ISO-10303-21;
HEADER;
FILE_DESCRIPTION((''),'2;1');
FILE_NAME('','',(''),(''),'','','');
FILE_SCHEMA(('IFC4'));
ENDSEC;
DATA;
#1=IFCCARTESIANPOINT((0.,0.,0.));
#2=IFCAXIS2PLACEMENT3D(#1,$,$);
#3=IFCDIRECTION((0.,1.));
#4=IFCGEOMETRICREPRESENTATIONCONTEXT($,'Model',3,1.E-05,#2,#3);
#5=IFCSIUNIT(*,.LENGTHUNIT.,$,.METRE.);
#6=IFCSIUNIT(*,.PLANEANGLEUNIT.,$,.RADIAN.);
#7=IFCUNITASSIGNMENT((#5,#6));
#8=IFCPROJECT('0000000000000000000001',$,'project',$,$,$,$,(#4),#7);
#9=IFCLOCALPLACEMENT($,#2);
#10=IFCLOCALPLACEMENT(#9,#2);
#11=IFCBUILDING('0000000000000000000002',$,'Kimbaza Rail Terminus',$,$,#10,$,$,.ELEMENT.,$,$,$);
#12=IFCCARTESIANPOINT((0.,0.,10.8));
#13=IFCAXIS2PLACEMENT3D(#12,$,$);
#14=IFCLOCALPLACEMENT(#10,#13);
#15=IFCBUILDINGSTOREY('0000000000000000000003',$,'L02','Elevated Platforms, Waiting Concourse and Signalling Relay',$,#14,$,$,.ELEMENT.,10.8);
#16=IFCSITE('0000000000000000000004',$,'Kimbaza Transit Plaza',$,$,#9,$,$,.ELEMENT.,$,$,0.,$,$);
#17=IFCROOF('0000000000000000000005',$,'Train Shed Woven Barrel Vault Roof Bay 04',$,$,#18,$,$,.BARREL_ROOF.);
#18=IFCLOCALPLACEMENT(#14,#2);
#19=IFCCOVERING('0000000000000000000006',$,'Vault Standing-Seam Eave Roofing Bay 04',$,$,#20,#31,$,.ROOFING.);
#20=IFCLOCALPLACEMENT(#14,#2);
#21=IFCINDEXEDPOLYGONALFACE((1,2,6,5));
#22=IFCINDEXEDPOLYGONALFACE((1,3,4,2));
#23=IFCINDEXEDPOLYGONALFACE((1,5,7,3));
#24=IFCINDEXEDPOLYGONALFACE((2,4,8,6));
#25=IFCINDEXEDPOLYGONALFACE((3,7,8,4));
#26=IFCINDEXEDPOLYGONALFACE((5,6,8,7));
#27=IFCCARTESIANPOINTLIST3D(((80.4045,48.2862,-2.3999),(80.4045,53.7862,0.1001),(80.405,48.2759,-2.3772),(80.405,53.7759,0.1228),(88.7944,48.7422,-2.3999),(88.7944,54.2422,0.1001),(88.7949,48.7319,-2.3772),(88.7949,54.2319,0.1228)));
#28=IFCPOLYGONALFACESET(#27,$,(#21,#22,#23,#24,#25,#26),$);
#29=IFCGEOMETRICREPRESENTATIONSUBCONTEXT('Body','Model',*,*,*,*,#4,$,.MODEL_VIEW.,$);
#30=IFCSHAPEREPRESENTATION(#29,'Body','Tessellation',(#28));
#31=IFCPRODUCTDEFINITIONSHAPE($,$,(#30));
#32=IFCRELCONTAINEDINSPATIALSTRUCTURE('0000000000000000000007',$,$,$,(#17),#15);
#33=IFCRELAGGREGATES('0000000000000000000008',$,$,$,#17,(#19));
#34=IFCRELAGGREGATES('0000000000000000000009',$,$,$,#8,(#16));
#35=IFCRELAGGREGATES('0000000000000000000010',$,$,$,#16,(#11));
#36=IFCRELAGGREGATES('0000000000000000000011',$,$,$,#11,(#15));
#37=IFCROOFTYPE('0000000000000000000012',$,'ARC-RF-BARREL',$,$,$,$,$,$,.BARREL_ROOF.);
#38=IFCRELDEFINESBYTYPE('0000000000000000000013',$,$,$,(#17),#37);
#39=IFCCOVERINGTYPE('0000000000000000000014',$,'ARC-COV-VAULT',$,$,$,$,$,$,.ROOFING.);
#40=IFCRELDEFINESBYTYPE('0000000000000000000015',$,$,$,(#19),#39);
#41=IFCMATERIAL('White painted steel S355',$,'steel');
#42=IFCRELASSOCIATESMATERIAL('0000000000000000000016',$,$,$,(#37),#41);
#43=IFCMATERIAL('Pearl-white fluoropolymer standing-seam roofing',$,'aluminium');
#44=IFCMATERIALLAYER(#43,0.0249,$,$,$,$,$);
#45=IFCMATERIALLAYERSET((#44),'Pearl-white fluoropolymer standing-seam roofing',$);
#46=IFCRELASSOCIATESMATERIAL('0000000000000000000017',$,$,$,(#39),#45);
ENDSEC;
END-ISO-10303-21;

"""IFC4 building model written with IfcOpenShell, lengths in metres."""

from ifc_helpers import new_model, si_unit, direction, frame, origin, place, context, subcontext, project, spatial, polyline, outline, extrude, material, layer, layer_set, type_object, element, aggregate, save


model = new_model("IFC4")

# Units and contexts
model_context = context("Model", 3, precision=1e-05, world=origin(), true_north=direction((0.0, 1.0)))
body_context = subcontext(model_context, "Body", "Model", "MODEL_VIEW")
ifc_project = project(units=[si_unit("LENGTHUNIT", "METRE"), si_unit("PLANEANGLEUNIT", "RADIAN")], contexts=[model_context])

# Site, building, storey
site_placement = place(None, origin())
site = spatial("IfcSite", under=ifc_project, at=site_placement, Name="Kimbaza Transit Plaza", CompositionType="ELEMENT", RefElevation=0.0)
building_placement = place(site_placement, origin())
building = spatial("IfcBuilding", under=site, at=building_placement, Name="Kimbaza Rail Terminus", CompositionType="ELEMENT")
storey_placement = place(building_placement, frame((0.0, 0.0, 10.8)))
storey = spatial("IfcBuildingStorey", under=building, at=storey_placement, Name="L02", Description="Elevated Platforms, Waiting Concourse and Signalling Relay", CompositionType="ELEMENT", Elevation=10.8)

# Roof, covering
ifc_material_1 = material(Name="White painted steel S355", Category="steel")
roof_type = type_object("IfcRoofType", Name="ARC-RF-BARREL", PredefinedType="BARREL_ROOF", material=ifc_material_1)
roof_placement = place(storey_placement, origin())
roof = element("IfcRoof", 1, at=roof_placement, inside=storey, type_object=roof_type, Name="Train Shed Woven Barrel Vault Roof Bay 04", PredefinedType="BARREL_ROOF")
ifc_material_2 = material(Name="Pearl-white fluoropolymer standing-seam roofing", Category="aluminium")
ifc_layer_1 = layer(ifc_material_2, 0.0249)
ifc_layer_set_1 = layer_set([ifc_layer_1], Name="Pearl-white fluoropolymer standing-seam roofing")
covering_type = type_object("IfcCoveringType", Name="ARC-COV-VAULT", PredefinedType="ROOFING", material=ifc_layer_set_1)
covering_1_placement = place(storey_placement, frame((80.405, 48.2759, -2.3772), z_axis=(0.022488, -0.413698, 0.910136), x_axis=(0.998526, 0.054278, 0.0)))
covering_1 = element("IfcCovering", 2, at=covering_1_placement, type_object=covering_type, Name="Vault Standing-Seam Eave Roofing Bay 04", PredefinedType="ROOFING", context=body_context, shape_type="SweptSolid", body=[
    extrude(outline(polyline([(0.0, 0.0), (8.4023, 0.0), (8.7008, 6.0341), (0.2985, 6.0341), (0.0, 0.0)])), origin(), (0.0, 0.0, -1.0), 0.0249),
])
aggregate(roof, [covering_1])

save(model, "model.ifc")
